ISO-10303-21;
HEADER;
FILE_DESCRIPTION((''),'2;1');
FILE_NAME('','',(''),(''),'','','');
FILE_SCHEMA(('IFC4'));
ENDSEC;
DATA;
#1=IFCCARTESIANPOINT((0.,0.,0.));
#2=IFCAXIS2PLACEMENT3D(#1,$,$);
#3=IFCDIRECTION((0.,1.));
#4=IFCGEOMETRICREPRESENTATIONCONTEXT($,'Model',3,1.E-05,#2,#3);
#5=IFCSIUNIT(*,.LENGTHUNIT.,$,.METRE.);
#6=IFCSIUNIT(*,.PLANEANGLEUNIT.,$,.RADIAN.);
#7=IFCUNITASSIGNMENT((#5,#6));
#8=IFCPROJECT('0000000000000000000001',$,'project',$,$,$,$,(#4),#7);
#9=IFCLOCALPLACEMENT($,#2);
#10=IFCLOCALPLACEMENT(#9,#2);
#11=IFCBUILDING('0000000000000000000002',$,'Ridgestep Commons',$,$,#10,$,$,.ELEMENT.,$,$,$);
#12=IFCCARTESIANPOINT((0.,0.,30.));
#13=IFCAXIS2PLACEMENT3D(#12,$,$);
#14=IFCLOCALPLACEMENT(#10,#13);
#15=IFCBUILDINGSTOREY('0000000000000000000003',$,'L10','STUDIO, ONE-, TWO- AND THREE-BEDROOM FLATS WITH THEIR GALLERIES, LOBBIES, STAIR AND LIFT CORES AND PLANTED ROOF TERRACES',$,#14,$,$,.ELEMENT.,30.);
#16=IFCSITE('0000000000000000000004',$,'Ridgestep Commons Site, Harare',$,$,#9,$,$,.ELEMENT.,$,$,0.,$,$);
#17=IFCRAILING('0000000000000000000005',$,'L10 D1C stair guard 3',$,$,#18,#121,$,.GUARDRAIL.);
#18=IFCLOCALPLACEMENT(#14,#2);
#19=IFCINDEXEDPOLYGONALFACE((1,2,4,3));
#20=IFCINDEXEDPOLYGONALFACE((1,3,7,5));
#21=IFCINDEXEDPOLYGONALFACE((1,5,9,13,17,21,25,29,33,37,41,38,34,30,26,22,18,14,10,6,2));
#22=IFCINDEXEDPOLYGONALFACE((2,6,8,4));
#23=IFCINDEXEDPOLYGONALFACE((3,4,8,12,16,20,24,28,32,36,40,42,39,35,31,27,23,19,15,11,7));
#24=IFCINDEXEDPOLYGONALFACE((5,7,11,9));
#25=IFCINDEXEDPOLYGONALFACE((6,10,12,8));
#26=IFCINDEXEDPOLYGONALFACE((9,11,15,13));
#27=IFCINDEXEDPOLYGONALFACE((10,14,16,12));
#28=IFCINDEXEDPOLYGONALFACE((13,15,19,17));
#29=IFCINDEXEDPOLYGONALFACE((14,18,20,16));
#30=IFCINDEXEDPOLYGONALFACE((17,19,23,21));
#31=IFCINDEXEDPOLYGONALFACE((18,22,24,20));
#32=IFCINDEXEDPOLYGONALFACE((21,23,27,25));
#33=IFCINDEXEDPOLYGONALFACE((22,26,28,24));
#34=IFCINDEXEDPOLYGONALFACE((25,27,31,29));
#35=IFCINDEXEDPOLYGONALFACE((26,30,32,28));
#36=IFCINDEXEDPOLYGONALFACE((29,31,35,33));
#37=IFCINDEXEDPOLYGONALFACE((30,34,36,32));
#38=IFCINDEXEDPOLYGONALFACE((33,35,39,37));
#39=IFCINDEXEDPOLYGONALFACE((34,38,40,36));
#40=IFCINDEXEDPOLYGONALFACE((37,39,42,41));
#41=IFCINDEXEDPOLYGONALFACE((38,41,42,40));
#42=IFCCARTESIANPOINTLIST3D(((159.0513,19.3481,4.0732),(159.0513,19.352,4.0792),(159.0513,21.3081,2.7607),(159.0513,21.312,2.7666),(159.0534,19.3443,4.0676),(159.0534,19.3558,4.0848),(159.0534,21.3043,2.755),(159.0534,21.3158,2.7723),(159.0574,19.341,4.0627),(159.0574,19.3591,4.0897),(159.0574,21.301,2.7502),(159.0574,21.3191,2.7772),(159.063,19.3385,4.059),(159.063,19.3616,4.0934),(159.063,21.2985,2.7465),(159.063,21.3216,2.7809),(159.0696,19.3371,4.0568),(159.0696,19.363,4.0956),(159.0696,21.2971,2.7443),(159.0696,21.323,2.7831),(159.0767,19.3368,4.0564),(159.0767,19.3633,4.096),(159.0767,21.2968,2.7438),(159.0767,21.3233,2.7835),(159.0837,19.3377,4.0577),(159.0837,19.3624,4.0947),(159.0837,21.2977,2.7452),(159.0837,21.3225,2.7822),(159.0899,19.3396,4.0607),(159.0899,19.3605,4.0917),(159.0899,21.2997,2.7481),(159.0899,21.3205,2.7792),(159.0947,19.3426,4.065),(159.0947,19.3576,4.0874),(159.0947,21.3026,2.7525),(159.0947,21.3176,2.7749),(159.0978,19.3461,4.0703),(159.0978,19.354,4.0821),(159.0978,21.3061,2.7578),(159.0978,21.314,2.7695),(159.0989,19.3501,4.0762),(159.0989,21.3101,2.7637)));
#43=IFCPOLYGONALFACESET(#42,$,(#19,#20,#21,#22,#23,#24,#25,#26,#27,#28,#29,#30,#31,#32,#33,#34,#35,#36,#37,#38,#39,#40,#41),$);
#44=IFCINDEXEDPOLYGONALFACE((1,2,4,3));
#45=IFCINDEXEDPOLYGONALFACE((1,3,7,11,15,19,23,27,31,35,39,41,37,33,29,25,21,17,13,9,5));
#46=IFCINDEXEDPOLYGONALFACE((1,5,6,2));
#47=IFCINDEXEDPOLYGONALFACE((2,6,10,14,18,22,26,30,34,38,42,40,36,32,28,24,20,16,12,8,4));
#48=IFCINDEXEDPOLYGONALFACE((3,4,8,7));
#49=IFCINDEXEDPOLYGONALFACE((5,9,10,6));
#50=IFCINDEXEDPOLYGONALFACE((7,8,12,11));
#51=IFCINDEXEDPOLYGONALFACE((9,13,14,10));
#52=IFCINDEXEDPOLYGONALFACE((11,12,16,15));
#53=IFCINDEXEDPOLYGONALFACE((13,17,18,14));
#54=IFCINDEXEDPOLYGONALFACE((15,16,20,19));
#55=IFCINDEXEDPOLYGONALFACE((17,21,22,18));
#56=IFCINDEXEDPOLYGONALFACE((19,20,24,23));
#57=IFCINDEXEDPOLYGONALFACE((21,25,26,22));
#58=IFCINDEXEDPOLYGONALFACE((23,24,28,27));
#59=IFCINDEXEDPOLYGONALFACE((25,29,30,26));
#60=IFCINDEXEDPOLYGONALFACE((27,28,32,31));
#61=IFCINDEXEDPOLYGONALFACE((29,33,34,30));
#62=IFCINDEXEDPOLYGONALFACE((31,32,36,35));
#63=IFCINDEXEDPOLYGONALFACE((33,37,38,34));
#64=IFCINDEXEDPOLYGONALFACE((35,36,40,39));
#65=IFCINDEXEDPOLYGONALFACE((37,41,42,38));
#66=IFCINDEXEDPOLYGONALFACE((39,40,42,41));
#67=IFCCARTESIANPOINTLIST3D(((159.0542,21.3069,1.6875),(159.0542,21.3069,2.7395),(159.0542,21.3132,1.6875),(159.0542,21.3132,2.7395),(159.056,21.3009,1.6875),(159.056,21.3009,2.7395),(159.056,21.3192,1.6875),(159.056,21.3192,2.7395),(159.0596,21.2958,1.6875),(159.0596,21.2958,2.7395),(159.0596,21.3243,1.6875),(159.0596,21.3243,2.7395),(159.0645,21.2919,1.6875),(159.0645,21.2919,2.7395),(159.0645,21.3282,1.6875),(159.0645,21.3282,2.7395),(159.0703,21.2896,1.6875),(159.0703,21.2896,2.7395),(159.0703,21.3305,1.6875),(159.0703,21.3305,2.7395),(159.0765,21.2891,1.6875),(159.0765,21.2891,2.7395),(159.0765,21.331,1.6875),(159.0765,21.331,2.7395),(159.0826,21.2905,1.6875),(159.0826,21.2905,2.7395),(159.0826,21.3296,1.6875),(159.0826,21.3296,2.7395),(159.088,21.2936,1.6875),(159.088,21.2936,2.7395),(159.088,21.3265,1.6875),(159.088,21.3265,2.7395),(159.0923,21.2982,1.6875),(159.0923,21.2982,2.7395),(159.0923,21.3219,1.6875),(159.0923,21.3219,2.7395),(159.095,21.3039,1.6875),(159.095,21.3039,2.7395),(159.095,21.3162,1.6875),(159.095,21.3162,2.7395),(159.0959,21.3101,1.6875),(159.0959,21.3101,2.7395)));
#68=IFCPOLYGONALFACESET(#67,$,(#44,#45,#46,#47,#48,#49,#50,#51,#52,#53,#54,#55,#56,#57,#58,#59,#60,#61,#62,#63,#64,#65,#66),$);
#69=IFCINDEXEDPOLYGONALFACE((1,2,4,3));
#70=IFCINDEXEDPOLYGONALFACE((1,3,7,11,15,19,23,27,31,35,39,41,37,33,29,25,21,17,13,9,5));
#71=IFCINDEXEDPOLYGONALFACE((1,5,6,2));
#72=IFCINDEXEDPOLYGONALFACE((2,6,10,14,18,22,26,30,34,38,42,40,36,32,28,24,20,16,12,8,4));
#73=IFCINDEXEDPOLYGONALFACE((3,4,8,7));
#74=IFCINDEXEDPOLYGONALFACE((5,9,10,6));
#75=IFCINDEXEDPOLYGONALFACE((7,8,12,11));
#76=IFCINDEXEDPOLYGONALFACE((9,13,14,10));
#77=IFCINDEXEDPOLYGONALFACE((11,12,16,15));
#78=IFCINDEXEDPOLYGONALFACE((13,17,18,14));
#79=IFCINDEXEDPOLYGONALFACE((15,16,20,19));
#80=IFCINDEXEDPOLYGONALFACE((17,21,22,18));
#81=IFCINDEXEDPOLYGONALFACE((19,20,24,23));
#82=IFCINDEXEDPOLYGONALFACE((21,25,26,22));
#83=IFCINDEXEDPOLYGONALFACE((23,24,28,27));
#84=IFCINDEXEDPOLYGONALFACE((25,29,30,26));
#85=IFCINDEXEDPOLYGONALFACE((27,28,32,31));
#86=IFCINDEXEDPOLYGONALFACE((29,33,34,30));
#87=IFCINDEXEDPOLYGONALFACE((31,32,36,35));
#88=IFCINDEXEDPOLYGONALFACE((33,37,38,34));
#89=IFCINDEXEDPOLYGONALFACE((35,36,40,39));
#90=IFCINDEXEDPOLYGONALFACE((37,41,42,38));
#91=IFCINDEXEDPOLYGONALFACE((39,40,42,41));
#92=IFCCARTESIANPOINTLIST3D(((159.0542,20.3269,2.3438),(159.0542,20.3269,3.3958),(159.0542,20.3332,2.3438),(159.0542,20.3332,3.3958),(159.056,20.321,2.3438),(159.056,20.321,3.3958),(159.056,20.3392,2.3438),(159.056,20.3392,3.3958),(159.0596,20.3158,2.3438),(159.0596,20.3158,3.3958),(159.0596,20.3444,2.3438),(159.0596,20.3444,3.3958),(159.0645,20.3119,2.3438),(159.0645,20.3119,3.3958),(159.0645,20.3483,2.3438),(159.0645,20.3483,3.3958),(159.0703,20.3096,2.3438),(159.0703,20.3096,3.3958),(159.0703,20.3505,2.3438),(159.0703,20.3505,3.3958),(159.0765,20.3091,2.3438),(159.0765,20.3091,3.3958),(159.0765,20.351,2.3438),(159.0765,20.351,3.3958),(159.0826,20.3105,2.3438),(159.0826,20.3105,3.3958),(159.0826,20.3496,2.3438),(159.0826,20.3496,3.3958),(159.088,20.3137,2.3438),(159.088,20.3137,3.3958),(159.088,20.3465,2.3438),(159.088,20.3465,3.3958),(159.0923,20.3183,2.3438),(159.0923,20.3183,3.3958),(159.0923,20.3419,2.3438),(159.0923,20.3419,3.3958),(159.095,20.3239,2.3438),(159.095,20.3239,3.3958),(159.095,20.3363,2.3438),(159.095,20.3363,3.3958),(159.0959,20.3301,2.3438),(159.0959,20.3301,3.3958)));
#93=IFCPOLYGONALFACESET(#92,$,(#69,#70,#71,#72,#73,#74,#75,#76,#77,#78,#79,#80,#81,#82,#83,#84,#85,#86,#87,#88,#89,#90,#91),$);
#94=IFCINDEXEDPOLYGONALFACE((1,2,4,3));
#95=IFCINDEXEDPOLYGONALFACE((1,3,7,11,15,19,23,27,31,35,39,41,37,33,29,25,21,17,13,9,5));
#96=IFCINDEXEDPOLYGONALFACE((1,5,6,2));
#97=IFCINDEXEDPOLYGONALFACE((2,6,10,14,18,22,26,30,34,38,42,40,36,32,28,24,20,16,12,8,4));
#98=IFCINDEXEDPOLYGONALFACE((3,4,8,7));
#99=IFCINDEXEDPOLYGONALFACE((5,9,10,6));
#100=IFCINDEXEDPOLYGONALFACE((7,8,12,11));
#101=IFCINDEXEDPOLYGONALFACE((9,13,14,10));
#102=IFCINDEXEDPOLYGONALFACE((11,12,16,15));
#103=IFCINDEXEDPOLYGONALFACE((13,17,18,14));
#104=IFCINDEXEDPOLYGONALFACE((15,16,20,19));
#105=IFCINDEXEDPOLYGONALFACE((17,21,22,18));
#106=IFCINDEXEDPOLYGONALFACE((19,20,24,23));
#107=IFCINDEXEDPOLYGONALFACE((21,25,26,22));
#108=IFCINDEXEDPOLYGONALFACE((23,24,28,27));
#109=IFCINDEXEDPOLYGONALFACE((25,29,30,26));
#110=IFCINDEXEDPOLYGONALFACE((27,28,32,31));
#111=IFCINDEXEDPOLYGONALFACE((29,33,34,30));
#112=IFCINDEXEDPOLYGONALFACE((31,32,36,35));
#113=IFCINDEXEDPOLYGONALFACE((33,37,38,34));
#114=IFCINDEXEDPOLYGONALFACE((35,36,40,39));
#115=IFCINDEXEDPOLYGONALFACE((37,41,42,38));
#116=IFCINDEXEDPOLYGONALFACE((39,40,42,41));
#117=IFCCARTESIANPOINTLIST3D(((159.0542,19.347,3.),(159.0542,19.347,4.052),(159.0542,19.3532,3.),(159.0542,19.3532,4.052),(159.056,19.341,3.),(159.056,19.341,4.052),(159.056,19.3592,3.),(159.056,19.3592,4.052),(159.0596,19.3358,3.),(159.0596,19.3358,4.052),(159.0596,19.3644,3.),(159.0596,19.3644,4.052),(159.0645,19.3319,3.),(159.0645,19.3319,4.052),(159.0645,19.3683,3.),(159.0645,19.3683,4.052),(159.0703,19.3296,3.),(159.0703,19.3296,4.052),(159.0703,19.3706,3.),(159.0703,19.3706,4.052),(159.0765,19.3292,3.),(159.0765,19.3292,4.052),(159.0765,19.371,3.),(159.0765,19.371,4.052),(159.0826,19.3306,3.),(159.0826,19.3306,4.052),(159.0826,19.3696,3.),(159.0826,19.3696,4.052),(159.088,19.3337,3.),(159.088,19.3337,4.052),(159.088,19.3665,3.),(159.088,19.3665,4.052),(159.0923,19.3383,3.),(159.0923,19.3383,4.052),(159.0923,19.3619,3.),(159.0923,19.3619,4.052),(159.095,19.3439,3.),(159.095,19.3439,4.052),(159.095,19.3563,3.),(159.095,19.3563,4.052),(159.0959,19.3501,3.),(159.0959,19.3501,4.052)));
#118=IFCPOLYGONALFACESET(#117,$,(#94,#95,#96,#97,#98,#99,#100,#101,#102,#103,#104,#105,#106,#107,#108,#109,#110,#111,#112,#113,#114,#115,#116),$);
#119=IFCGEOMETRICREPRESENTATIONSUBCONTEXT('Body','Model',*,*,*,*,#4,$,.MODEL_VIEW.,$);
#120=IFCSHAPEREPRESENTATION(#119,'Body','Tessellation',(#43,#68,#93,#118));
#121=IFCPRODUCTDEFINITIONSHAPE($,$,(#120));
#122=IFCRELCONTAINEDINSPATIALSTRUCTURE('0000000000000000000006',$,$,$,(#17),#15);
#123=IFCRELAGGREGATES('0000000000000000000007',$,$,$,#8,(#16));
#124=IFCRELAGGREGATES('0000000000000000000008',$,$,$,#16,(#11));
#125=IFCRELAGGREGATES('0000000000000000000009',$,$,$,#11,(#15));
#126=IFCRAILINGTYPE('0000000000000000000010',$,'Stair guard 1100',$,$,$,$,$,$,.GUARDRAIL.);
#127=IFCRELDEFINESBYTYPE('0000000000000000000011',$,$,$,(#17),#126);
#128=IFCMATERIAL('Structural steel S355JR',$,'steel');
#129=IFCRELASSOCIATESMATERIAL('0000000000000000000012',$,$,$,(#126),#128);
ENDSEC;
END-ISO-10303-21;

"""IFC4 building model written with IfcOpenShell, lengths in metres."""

from ifc_helpers import new_model, si_unit, direction, frame, origin, origin_2d, place, context, subcontext, project, spatial, circle, extrude, material, type_object, element, save


model = new_model("IFC4")

# Units and contexts
model_context = context("Model", 3, precision=1e-05, world=origin(), true_north=direction((0.0, 1.0)))
body_context = subcontext(model_context, "Body", "Model", "MODEL_VIEW")
ifc_project = project(units=[si_unit("LENGTHUNIT", "METRE"), si_unit("PLANEANGLEUNIT", "RADIAN")], contexts=[model_context])

# Site, building, storey
site_placement = place(None, origin())
site = spatial("IfcSite", under=ifc_project, at=site_placement, Name="Ridgestep Commons Site, Harare", CompositionType="ELEMENT", RefElevation=0.0)
building_placement = place(site_placement, origin())
building = spatial("IfcBuilding", under=site, at=building_placement, Name="Ridgestep Commons", CompositionType="ELEMENT")
storey_placement = place(building_placement, frame((0.0, 0.0, 30.0)))
storey = spatial("IfcBuildingStorey", under=building, at=storey_placement, Name="L10", Description="STUDIO, ONE-, TWO- AND THREE-BEDROOM FLATS WITH THEIR GALLERIES, LOBBIES, STAIR AND LIFT CORES AND PLANTED ROOF TERRACES", CompositionType="ELEMENT", Elevation=30.0)

# Railing
ifc_material_1 = material(Name="Structural steel S355JR", Category="steel")
railing_type_1 = type_object("IfcRailingType", Name="Stair guard 1100", PredefinedType="GUARDRAIL", material=ifc_material_1)
railing_1_placement = place(storey_placement, frame((159.075, 21.3101, 1.6875)))
element("IfcRailing", 1, at=railing_1_placement, inside=storey, type_object=railing_type_1, Name="L10 D1C stair guard 3", PredefinedType="GUARDRAIL", context=body_context, shape_type="SweptSolid", body=[
    extrude(circle(Radius=0.0239, at=origin_2d()), frame((0.0, 0.0, 1.0762), z_axis=(0.0, -0.830902, 0.556419), x_axis=(1.0, 0.0, 0.0)), (0.0, 0.0, 1.0), 2.3589),
    extrude(circle(Radius=0.021, at=origin_2d()), origin(), (0.0, 0.0, 1.0), 1.052),
    extrude(circle(Radius=0.021, at=origin_2d()), frame((0.0, -0.98, 0.6562)), (0.0, 0.0, 1.0), 1.052),
    extrude(circle(Radius=0.021, at=origin_2d()), frame((0.0, -1.96, 1.3125)), (0.0, 0.0, 1.0), 1.052),
])

save(model, "model.ifc")
